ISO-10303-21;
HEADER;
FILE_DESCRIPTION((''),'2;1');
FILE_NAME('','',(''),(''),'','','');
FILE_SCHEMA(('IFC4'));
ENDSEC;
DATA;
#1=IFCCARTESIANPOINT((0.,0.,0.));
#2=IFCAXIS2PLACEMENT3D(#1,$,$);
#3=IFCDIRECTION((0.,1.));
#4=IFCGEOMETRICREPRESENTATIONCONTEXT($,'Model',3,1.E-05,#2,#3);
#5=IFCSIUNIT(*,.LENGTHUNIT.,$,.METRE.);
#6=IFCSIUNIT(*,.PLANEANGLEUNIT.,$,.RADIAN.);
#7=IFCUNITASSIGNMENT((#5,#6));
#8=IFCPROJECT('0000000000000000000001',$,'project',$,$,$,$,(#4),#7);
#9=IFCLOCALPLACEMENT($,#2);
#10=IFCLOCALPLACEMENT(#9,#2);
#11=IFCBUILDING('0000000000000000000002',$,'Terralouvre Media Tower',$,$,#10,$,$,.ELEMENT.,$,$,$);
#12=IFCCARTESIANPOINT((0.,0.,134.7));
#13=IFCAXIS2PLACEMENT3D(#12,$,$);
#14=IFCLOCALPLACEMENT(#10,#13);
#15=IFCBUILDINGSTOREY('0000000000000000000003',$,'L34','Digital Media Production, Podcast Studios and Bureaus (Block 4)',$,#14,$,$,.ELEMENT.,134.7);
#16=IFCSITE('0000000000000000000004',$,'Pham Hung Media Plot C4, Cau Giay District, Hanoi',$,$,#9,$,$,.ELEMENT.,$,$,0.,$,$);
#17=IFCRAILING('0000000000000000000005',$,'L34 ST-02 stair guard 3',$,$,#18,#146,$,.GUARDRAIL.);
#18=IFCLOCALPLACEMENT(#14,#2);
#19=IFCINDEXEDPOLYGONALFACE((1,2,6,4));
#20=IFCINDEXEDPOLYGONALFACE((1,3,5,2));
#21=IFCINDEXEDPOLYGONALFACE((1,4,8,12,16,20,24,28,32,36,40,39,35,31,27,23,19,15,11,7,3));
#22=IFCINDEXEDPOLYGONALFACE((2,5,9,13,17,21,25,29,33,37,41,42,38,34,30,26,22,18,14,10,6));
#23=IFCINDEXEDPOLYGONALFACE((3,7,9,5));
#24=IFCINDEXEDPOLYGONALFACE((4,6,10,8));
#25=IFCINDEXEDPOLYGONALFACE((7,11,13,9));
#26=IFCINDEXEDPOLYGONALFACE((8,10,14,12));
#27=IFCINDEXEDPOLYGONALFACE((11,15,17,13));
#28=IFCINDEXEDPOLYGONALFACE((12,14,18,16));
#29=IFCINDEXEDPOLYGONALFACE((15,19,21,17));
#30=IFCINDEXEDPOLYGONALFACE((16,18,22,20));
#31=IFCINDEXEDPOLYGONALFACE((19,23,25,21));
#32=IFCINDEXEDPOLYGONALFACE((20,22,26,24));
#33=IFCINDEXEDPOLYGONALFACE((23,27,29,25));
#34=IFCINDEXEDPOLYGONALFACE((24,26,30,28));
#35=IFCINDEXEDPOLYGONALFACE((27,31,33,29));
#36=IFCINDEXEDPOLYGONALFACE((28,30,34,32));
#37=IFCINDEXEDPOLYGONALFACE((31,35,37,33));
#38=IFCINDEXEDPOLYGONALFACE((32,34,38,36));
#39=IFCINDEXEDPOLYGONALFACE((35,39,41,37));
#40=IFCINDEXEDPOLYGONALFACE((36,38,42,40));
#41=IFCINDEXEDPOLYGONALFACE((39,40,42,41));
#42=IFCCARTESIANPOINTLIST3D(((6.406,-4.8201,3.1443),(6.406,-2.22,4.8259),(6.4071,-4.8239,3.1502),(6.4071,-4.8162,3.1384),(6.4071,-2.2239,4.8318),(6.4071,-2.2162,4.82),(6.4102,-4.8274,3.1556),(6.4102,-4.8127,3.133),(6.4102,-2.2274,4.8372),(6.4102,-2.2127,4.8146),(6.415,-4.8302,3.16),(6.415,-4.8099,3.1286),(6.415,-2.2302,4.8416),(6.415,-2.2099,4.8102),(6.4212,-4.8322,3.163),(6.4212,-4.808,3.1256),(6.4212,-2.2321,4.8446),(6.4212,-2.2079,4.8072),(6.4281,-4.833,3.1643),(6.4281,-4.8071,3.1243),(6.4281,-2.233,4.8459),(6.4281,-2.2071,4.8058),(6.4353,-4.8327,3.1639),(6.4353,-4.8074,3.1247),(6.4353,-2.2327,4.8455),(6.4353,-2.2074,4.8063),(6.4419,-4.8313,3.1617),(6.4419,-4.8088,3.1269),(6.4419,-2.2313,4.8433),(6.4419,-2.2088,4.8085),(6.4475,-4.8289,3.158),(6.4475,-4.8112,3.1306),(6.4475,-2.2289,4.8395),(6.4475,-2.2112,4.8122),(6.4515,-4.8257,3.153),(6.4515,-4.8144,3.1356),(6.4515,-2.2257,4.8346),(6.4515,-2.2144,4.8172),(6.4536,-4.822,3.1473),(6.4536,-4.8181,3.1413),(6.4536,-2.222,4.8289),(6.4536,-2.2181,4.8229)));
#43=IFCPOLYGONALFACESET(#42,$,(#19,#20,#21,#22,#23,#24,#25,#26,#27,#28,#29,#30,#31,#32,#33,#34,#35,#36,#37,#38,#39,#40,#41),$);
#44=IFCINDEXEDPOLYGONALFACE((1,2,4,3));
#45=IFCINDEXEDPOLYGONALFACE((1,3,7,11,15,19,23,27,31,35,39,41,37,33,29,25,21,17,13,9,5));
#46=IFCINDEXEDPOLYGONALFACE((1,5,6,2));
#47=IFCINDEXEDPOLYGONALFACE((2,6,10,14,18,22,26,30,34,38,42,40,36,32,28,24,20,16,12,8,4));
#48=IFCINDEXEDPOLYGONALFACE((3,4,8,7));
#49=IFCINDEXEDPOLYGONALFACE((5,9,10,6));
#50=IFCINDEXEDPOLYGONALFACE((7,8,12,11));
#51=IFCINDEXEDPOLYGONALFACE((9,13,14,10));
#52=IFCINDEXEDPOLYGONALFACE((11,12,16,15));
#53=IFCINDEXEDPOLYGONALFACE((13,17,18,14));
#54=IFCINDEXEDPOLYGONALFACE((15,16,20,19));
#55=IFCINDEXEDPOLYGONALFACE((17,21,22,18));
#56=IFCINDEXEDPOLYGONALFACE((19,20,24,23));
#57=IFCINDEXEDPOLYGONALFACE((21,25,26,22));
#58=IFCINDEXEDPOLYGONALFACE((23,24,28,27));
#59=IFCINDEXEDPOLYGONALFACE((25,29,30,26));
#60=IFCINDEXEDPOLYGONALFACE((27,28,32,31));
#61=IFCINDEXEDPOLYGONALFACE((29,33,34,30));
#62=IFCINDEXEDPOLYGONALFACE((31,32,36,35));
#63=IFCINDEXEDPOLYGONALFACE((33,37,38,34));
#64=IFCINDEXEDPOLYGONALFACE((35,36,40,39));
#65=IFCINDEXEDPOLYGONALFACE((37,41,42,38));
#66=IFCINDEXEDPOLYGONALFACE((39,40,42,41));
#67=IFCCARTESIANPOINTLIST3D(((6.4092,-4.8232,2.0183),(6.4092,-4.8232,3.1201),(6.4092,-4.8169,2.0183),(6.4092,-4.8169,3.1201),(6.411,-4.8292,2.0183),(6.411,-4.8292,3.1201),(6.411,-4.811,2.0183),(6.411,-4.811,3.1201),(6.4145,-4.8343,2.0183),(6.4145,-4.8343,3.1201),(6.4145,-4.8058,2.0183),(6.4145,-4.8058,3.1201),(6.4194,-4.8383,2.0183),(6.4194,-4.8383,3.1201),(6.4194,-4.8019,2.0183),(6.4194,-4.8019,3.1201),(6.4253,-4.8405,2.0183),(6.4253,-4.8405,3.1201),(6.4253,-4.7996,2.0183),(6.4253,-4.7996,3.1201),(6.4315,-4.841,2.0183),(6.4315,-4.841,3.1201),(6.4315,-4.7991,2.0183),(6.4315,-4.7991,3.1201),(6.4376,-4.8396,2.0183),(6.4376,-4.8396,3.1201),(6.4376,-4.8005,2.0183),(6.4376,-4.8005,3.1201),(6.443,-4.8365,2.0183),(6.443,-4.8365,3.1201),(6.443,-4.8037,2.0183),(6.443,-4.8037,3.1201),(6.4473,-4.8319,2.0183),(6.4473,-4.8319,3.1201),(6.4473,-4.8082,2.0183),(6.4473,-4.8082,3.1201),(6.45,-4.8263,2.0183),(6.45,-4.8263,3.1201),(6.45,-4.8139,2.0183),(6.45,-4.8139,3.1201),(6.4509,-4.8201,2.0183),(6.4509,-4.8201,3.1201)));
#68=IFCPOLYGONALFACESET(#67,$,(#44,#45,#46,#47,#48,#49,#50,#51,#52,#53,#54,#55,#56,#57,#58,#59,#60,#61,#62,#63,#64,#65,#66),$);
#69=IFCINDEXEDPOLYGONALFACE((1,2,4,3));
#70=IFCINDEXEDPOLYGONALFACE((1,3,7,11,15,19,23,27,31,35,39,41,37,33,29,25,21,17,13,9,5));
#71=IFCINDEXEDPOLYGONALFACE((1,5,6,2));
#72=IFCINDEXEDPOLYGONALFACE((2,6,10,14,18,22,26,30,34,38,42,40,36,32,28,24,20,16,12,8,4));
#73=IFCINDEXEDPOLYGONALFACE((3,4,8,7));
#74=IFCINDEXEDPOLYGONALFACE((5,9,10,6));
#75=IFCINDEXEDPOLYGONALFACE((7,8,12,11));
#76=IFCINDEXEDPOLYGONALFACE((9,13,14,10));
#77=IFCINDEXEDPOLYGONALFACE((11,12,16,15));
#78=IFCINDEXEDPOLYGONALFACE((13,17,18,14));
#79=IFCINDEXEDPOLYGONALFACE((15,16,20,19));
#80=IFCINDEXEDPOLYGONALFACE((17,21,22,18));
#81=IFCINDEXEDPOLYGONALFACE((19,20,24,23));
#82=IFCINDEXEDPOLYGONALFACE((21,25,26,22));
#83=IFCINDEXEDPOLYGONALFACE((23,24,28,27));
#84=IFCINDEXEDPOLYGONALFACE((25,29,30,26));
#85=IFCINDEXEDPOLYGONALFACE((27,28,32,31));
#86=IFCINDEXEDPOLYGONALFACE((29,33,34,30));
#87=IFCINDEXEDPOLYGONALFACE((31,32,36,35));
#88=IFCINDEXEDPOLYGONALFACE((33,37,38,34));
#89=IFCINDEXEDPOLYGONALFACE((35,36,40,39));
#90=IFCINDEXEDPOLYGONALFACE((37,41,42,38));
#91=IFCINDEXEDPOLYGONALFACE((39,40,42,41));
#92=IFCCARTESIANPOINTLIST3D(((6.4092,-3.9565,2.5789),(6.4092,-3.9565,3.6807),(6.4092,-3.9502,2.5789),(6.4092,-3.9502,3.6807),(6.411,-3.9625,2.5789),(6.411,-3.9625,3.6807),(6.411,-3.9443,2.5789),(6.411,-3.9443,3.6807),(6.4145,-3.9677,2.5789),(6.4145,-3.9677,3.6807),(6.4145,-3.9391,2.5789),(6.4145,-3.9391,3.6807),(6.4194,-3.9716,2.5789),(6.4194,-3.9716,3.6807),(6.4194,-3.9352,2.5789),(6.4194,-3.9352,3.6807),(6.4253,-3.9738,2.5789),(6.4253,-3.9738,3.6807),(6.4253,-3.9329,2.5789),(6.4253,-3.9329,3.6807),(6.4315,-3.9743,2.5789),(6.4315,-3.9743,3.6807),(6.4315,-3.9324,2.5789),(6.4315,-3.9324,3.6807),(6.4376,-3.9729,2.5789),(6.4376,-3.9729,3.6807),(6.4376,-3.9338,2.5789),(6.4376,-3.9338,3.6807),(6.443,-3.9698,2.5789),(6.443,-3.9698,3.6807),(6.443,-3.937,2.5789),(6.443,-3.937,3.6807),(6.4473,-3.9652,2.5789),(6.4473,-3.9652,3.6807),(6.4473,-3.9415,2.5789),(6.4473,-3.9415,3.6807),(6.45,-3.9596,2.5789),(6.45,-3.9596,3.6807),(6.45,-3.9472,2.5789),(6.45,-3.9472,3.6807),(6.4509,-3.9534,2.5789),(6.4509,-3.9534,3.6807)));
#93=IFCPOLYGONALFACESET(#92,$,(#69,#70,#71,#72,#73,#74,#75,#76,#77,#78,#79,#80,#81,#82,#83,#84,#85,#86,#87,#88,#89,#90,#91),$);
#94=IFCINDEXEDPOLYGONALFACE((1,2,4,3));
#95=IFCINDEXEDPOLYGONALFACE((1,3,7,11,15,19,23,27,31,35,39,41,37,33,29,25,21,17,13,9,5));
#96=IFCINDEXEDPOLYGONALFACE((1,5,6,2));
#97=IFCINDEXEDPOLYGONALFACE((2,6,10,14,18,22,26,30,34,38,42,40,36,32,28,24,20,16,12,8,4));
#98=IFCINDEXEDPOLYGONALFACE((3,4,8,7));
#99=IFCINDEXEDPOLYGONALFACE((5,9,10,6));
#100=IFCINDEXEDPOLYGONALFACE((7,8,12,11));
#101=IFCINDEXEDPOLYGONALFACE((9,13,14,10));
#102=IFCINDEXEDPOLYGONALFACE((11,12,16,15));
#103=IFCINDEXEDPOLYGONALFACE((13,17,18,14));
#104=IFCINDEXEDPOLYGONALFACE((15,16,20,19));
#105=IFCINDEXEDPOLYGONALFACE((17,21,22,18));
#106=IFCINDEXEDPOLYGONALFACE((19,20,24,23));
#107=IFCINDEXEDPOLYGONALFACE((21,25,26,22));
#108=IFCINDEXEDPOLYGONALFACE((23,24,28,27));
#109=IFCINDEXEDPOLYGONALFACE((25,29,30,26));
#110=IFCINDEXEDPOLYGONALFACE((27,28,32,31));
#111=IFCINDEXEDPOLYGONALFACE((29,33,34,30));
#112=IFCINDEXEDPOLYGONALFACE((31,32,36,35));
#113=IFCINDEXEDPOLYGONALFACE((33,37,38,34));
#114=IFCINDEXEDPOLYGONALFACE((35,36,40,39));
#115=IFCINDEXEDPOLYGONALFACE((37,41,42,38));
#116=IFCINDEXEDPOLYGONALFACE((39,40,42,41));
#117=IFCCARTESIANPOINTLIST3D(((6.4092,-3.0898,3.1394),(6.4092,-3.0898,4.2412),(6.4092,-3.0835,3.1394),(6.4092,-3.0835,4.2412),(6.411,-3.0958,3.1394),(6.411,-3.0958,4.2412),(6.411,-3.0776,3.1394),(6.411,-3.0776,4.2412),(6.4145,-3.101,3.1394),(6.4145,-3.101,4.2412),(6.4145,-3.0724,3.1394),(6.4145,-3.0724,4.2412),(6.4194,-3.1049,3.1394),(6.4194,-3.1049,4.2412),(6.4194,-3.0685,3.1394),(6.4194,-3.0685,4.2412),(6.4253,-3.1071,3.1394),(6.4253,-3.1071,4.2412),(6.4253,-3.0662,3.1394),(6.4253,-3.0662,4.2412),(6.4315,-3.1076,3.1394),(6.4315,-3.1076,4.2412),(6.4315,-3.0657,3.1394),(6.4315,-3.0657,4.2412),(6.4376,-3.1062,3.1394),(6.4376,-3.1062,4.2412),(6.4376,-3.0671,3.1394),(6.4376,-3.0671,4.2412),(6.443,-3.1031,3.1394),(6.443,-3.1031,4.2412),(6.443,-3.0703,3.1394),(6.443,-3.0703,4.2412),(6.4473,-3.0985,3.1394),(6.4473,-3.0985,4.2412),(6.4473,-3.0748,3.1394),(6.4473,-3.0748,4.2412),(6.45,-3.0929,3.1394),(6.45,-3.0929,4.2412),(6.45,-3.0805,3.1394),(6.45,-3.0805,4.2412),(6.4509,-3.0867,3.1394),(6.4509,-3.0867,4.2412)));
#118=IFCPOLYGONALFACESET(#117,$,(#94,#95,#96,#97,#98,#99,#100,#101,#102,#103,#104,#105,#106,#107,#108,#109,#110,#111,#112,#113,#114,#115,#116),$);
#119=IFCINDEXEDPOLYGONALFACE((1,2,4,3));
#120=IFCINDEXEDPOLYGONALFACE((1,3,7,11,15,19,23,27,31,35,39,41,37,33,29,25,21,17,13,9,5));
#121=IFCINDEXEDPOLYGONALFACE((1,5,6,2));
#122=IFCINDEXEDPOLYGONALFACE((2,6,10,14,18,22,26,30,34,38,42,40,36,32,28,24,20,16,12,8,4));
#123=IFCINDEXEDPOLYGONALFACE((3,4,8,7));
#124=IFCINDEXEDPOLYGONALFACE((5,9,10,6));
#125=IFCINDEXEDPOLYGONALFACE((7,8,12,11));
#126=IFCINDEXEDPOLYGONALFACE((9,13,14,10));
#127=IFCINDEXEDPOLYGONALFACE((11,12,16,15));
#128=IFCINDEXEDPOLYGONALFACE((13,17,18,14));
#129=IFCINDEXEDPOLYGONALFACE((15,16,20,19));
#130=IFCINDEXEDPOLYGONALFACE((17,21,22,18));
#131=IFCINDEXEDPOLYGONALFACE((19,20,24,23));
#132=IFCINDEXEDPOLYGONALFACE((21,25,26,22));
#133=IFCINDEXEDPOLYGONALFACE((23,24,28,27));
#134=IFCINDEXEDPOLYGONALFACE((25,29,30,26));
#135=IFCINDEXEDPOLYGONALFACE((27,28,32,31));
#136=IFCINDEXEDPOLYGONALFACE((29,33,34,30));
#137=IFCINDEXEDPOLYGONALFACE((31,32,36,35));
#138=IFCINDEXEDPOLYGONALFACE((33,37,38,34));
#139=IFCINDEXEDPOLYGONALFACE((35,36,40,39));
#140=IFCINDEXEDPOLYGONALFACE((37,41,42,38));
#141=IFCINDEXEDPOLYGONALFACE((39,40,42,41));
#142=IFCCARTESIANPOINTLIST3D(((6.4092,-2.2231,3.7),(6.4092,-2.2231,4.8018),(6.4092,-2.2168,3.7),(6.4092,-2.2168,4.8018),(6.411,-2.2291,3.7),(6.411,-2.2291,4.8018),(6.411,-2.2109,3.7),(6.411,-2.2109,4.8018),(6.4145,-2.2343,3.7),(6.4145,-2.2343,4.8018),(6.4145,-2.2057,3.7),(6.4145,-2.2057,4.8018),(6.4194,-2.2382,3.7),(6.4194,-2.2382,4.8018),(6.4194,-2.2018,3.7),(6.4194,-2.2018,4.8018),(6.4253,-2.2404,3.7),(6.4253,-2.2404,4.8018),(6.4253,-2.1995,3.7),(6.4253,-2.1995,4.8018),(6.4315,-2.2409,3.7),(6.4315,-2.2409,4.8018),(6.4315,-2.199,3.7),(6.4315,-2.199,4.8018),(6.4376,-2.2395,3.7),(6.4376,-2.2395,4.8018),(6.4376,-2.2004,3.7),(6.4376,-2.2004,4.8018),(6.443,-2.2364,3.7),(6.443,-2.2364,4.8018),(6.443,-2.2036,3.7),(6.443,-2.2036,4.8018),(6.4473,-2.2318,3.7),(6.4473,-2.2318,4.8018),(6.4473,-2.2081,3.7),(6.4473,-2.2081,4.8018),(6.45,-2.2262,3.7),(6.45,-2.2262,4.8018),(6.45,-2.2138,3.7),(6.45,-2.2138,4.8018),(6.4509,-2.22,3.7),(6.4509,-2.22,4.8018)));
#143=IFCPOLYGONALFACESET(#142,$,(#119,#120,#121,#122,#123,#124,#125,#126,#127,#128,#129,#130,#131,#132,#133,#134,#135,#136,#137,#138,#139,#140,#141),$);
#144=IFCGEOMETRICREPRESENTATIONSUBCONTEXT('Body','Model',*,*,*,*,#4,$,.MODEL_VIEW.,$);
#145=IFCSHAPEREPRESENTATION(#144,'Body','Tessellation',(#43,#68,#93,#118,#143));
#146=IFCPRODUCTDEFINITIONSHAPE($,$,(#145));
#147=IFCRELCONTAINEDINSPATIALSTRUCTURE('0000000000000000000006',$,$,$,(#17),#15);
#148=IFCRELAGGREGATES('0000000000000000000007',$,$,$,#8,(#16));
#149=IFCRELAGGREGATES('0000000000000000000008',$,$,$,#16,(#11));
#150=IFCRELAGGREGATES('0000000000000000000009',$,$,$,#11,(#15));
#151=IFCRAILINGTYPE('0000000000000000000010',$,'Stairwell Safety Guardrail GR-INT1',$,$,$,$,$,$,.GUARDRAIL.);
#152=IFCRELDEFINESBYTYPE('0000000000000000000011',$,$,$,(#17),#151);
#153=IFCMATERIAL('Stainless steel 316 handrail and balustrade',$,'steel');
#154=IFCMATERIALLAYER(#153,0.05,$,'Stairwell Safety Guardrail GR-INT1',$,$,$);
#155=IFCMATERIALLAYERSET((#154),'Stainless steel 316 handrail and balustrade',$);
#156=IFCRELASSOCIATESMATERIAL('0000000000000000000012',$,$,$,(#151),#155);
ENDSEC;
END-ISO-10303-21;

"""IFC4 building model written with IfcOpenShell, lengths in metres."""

from ifc_helpers import new_model, si_unit, direction, frame, origin, origin_2d, place, context, subcontext, project, spatial, circle, extrude, material, layer, layer_set, type_object, element, save


model = new_model("IFC4")

# Units and contexts
model_context = context("Model", 3, precision=1e-05, world=origin(), true_north=direction((0.0, 1.0)))
body_context = subcontext(model_context, "Body", "Model", "MODEL_VIEW")
ifc_project = project(units=[si_unit("LENGTHUNIT", "METRE"), si_unit("PLANEANGLEUNIT", "RADIAN")], contexts=[model_context])

# Site, building, storey
site_placement = place(None, origin())
site = spatial("IfcSite", under=ifc_project, at=site_placement, Name="Pham Hung Media Plot C4, Cau Giay District, Hanoi", CompositionType="ELEMENT", RefElevation=0.0)
building_placement = place(site_placement, origin())
building = spatial("IfcBuilding", under=site, at=building_placement, Name="Terralouvre Media Tower", CompositionType="ELEMENT")
storey_placement = place(building_placement, frame((0.0, 0.0, 134.7)))
storey = spatial("IfcBuildingStorey", under=building, at=storey_placement, Name="L34", Description="Digital Media Production, Podcast Studios and Bureaus (Block 4)", CompositionType="ELEMENT", Elevation=134.7)

# Railing
ifc_material_1 = material(Name="Stainless steel 316 handrail and balustrade", Category="steel")
ifc_layer_1 = layer(ifc_material_1, 0.05, Name="Stairwell Safety Guardrail GR-INT1")
ifc_layer_set_1 = layer_set([ifc_layer_1], Name="Stainless steel 316 handrail and balustrade")
railing_type_1 = type_object("IfcRailingType", Name="Stairwell Safety Guardrail GR-INT1", PredefinedType="GUARDRAIL", material=ifc_layer_set_1)
railing_1_placement = place(storey_placement, frame((6.4299, -4.8201, 2.0183)))
element("IfcRailing", 1, at=railing_1_placement, inside=storey, type_object=railing_type_1, Name="L34 ST-02 stair guard 3", PredefinedType="GUARDRAIL", context=body_context, shape_type="SweptSolid", body=[
    extrude(circle(Radius=0.0239, at=origin_2d()), frame((0.0, 0.0, 1.126), z_axis=(0.0, 0.839684, 0.543075), x_axis=(-1.0, 0.0, 0.0)), (0.0, 0.0, 1.0), 3.0964),
    extrude(circle(Radius=0.021, at=origin_2d()), origin(), (0.0, 0.0, 1.0), 1.1018),
    extrude(circle(Radius=0.021, at=origin_2d()), frame((0.0, 0.8667, 0.5605)), (0.0, 0.0, 1.0), 1.1018),
    extrude(circle(Radius=0.021, at=origin_2d()), frame((0.0, 1.7334, 1.1211)), (0.0, 0.0, 1.0), 1.1018),
    extrude(circle(Radius=0.021, at=origin_2d()), frame((0.0, 2.6001, 1.6816)), (0.0, 0.0, 1.0), 1.1018),
])

save(model, "model.ifc")
